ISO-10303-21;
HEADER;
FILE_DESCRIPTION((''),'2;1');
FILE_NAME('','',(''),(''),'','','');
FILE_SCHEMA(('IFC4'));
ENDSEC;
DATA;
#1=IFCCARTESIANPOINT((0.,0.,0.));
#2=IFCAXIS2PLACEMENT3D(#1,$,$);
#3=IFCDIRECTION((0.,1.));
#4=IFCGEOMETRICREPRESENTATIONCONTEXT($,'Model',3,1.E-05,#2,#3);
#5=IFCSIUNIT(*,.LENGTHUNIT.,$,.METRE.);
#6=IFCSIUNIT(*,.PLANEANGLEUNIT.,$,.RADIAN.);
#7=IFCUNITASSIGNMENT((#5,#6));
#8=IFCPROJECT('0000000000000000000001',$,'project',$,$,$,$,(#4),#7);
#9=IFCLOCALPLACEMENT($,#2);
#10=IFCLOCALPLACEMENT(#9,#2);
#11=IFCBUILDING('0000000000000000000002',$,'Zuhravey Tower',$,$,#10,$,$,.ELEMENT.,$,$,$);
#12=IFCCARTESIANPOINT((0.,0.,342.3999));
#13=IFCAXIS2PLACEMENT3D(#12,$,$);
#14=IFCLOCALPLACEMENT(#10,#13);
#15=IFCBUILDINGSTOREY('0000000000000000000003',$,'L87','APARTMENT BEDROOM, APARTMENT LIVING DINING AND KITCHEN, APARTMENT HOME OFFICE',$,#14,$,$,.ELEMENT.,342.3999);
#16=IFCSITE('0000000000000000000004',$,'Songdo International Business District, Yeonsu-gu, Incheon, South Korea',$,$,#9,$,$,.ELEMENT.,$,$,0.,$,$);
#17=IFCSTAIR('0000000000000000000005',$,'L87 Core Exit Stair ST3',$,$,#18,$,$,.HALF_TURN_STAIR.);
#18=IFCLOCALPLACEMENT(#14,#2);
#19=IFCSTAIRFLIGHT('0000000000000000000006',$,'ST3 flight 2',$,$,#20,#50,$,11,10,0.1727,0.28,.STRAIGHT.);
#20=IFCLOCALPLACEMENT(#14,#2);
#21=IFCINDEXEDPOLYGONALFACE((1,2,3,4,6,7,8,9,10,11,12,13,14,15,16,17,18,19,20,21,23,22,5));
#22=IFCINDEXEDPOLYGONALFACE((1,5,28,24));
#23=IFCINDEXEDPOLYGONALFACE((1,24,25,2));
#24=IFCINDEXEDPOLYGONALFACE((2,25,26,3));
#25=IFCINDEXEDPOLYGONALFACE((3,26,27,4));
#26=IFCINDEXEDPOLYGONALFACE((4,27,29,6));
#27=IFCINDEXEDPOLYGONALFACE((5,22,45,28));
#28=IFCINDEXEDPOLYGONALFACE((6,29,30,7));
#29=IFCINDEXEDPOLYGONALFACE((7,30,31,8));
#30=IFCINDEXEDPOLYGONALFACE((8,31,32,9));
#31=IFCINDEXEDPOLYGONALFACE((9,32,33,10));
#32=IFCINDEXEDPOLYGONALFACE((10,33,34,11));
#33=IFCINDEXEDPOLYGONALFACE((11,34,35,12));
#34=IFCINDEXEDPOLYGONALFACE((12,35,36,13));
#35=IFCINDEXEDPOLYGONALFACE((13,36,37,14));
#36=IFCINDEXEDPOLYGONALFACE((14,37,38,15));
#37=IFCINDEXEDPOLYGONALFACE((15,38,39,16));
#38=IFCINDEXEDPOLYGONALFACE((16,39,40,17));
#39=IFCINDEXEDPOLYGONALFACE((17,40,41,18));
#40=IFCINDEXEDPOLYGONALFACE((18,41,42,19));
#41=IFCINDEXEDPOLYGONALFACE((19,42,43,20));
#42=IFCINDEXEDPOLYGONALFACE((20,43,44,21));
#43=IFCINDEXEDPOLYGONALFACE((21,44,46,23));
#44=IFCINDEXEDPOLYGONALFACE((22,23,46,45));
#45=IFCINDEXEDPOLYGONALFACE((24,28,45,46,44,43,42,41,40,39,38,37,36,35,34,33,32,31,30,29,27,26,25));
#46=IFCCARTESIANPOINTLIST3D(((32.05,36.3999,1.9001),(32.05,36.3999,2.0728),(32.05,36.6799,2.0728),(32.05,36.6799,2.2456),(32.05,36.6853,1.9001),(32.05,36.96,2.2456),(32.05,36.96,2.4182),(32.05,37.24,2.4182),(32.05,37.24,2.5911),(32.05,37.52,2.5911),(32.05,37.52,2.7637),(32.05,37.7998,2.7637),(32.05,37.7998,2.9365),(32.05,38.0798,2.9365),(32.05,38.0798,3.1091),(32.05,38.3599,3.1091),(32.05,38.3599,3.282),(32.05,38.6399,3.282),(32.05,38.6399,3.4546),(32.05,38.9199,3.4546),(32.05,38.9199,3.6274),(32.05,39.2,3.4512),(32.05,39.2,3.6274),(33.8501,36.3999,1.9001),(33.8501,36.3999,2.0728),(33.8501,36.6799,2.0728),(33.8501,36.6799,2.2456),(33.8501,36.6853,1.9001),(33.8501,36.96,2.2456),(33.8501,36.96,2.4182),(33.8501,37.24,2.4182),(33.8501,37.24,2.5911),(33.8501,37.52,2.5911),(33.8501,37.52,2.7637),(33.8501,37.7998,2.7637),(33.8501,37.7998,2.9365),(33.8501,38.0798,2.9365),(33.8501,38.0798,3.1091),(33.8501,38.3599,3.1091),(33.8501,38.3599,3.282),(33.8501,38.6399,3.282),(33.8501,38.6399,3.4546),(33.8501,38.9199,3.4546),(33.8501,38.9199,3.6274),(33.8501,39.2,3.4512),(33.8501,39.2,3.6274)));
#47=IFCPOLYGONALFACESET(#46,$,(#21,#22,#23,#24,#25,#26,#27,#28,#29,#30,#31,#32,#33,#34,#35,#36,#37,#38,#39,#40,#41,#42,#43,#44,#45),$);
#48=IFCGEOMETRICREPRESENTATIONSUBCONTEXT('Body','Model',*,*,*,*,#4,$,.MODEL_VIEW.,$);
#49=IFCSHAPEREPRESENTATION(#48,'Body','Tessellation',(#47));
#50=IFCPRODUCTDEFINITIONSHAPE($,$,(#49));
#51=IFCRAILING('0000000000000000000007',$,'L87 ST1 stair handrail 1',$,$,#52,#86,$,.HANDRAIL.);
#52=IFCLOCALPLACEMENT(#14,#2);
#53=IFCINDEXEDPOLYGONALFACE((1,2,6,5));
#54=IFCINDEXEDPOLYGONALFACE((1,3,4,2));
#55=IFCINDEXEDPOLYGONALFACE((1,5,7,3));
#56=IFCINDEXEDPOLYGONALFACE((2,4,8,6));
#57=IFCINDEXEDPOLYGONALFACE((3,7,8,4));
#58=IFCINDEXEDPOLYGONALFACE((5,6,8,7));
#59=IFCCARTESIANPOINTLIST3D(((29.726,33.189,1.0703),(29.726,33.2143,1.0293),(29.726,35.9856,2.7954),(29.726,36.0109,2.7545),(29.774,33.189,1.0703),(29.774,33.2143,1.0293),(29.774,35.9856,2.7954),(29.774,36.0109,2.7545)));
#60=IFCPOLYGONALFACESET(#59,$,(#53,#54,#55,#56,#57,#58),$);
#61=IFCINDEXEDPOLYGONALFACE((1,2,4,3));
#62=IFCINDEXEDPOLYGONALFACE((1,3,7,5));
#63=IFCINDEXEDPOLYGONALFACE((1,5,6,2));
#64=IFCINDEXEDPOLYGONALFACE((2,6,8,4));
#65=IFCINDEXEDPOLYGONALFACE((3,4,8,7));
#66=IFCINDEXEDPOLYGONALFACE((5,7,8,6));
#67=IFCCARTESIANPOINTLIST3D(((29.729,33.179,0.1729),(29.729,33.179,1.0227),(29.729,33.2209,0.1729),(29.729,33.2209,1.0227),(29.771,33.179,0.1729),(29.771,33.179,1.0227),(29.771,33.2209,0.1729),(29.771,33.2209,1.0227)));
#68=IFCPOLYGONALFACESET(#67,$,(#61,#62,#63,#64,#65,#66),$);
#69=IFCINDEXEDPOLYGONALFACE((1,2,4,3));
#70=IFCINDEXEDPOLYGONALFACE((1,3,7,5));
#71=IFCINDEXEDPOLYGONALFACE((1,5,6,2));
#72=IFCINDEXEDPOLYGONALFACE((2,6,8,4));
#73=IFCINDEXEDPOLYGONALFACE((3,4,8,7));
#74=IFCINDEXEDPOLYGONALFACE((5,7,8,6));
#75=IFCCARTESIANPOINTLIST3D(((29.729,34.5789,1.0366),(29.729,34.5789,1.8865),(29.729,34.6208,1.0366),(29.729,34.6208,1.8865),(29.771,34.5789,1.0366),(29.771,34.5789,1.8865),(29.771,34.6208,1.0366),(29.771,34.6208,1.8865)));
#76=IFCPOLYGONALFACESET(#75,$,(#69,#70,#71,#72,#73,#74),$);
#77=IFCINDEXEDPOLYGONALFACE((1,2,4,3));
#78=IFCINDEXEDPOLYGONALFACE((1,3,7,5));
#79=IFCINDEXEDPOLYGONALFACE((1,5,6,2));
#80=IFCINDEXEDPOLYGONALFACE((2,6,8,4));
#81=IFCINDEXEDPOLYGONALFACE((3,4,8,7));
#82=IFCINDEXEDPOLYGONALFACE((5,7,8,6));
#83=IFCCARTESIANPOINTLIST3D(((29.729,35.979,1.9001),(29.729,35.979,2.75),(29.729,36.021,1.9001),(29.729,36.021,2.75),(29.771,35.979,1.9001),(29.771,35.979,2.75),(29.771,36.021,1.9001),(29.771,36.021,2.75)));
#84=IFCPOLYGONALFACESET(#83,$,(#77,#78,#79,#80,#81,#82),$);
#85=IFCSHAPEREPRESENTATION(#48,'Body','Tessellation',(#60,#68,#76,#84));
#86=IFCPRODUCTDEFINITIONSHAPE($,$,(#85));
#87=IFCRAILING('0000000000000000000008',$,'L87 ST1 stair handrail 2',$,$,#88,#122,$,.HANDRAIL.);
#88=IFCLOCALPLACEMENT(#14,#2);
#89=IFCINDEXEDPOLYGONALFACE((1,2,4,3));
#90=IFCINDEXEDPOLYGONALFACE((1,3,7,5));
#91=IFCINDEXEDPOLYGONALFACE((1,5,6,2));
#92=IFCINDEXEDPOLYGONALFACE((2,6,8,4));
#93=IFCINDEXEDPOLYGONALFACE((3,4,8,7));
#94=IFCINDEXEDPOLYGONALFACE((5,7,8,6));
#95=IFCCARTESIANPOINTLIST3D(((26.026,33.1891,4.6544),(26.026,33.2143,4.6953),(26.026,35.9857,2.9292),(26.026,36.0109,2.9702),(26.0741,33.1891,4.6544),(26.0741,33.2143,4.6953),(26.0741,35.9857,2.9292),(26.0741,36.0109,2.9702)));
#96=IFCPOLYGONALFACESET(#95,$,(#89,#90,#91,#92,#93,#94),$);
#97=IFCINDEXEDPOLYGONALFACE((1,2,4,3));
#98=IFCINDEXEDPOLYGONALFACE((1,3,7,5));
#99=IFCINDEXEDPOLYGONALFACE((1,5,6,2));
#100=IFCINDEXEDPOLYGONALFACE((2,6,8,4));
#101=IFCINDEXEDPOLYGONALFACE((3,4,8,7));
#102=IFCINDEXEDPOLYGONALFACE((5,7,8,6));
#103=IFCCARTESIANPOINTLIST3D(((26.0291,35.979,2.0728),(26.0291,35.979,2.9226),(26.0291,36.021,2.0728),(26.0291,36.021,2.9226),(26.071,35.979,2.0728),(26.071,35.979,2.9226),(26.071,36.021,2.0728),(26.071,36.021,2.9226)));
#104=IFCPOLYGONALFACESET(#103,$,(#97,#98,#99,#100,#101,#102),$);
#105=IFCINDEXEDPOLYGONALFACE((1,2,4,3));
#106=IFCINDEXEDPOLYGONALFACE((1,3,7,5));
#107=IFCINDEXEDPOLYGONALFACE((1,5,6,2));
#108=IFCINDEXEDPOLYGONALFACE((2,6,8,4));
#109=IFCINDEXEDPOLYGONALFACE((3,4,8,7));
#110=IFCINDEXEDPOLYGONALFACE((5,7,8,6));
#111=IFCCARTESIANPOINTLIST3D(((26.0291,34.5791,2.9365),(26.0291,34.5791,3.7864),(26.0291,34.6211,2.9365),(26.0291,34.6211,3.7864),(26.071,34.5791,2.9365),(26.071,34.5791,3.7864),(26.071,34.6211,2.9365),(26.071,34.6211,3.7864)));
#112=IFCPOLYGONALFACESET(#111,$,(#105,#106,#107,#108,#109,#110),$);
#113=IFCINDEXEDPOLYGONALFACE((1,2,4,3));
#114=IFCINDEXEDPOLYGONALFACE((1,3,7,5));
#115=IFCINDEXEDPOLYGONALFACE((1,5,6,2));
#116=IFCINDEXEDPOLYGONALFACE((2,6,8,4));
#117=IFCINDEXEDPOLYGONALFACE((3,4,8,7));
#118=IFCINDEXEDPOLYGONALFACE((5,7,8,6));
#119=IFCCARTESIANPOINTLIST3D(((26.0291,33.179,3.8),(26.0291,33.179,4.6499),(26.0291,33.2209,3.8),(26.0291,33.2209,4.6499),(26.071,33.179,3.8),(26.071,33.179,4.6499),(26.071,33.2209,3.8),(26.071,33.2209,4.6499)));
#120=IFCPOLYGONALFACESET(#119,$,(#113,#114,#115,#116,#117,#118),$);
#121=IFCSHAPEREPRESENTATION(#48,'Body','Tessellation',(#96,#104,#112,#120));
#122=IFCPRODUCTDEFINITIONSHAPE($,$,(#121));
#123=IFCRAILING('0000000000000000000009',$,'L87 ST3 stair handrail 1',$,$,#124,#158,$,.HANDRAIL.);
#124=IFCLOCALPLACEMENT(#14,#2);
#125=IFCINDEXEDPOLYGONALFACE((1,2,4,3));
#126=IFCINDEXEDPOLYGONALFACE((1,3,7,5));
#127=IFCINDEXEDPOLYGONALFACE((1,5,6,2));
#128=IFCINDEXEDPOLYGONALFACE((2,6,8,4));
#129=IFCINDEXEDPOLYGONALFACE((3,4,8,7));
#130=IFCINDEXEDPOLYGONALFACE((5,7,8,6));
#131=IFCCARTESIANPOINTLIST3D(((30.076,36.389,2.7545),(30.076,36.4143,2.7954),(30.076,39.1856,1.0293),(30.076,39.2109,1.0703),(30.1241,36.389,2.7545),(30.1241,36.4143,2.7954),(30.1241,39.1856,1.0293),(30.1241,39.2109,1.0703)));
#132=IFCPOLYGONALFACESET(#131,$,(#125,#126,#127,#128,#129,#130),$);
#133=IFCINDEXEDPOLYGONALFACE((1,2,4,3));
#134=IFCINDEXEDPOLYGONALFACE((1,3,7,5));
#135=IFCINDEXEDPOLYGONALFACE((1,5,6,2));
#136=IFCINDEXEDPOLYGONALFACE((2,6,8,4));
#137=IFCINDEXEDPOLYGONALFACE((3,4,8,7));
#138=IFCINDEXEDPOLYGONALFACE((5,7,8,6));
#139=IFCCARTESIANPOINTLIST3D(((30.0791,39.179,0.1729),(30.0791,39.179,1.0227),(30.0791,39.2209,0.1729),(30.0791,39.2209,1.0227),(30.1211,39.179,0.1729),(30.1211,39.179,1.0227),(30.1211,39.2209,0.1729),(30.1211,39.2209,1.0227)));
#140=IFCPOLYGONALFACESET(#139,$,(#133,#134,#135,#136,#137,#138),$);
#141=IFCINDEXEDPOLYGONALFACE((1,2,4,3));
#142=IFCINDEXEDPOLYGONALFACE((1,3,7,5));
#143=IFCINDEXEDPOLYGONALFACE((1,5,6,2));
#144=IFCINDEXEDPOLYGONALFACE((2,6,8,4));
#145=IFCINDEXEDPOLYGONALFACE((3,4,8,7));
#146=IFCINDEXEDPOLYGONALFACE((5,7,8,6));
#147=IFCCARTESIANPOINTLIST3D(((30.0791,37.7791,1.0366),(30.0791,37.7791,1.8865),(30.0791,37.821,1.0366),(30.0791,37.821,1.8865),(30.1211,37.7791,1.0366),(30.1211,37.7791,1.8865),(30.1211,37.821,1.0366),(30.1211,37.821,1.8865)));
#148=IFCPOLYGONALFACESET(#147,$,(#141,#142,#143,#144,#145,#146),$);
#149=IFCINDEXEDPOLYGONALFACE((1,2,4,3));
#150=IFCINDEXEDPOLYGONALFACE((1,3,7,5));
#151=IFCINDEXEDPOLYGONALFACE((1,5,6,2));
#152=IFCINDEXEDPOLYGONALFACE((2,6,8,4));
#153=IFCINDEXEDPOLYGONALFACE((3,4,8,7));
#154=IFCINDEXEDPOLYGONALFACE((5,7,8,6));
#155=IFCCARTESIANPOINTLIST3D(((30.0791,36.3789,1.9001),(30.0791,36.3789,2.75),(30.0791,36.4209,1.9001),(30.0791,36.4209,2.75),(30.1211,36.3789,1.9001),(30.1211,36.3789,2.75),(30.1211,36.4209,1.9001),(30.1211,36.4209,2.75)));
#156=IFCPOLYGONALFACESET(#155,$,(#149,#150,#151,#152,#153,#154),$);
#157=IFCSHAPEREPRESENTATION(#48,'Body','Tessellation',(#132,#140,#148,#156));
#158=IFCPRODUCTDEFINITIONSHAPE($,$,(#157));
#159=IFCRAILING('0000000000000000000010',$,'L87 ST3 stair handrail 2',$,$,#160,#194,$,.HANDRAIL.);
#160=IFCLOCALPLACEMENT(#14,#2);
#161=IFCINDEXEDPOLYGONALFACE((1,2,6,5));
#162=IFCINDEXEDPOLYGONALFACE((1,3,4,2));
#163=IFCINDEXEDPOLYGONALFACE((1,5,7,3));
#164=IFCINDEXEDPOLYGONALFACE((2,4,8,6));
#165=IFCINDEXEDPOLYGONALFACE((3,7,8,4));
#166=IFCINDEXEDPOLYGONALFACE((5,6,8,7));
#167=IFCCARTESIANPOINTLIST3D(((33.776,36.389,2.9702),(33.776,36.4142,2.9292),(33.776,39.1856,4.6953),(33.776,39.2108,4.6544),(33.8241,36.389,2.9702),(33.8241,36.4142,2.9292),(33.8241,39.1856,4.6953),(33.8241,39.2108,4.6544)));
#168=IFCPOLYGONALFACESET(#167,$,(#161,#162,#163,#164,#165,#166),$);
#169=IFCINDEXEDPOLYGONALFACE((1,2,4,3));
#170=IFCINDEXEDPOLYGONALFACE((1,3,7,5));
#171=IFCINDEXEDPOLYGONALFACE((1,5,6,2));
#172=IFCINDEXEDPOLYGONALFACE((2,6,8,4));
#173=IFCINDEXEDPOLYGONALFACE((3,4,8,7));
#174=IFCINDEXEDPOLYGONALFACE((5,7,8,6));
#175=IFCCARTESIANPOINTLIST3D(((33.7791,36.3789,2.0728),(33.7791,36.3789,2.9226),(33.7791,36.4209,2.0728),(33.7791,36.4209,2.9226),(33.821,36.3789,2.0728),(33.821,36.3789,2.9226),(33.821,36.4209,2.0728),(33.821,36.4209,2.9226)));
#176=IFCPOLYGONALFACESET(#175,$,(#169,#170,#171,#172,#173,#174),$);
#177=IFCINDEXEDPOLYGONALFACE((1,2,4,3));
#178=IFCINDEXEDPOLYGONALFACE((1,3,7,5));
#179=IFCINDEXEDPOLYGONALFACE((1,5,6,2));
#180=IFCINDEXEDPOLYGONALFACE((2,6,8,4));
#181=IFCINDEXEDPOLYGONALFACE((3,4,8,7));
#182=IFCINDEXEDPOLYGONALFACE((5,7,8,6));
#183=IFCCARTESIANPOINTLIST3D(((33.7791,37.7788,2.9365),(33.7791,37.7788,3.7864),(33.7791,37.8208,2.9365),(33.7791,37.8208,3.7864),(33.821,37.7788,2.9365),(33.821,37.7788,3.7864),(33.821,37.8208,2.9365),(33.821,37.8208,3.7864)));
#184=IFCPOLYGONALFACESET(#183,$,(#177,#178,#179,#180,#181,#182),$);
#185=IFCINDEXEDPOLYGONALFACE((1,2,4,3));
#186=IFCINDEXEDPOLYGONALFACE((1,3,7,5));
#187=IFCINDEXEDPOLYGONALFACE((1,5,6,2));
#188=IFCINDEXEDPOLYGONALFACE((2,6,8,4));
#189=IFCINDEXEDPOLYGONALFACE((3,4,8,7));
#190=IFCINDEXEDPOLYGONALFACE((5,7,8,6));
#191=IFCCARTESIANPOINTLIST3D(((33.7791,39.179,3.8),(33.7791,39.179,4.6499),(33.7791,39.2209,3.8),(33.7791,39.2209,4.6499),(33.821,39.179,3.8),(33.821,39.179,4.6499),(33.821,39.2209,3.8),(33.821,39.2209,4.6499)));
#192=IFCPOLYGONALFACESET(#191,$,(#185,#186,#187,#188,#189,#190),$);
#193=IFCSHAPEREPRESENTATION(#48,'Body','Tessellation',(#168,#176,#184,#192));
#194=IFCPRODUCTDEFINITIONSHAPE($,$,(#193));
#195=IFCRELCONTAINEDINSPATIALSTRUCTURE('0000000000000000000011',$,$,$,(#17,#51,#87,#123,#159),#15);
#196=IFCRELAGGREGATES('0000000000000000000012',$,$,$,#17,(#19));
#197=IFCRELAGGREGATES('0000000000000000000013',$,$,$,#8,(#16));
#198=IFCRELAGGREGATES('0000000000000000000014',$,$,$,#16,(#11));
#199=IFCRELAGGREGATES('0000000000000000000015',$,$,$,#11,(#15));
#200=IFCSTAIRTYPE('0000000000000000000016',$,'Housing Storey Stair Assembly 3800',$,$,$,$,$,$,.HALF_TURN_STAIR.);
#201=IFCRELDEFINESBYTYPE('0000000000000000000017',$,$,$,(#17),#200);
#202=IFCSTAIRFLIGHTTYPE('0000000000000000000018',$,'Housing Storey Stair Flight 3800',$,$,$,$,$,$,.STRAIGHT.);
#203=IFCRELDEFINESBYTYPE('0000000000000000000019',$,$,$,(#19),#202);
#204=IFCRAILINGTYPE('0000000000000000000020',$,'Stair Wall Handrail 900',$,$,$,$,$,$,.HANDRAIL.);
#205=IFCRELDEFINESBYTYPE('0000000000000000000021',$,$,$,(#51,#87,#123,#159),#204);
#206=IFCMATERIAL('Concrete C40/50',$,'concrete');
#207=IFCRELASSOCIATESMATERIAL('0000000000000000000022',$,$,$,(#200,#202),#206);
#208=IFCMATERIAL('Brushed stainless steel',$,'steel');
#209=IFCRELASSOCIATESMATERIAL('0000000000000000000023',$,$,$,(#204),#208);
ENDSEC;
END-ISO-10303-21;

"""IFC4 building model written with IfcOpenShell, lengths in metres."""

from ifc_helpers import new_model, si_unit, direction, frame, origin, origin_2d, place, context, subcontext, project, spatial, polyline, rectangle, outline, extrude, material, type_object, element, aggregate, save


model = new_model("IFC4")

# Units and contexts
model_context = context("Model", 3, precision=1e-05, world=origin(), true_north=direction((0.0, 1.0)))
body_context = subcontext(model_context, "Body", "Model", "MODEL_VIEW")
ifc_project = project(units=[si_unit("LENGTHUNIT", "METRE"), si_unit("PLANEANGLEUNIT", "RADIAN")], contexts=[model_context])

# Site, building, storey
site_placement = place(None, origin())
site = spatial("IfcSite", under=ifc_project, at=site_placement, Name="Songdo International Business District, Yeonsu-gu, Incheon, South Korea", CompositionType="ELEMENT", RefElevation=0.0)
building_placement = place(site_placement, origin())
building = spatial("IfcBuilding", under=site, at=building_placement, Name="Zuhravey Tower", CompositionType="ELEMENT")
storey_placement = place(building_placement, frame((0.0, 0.0, 342.3999)))
storey = spatial("IfcBuildingStorey", under=building, at=storey_placement, Name="L87", Description="APARTMENT BEDROOM, APARTMENT LIVING DINING AND KITCHEN, APARTMENT HOME OFFICE", CompositionType="ELEMENT", Elevation=342.3999)

# Stair, stair flight
ifc_material_1 = material(Name="Concrete C40/50", Category="concrete")
stair_type = type_object("IfcStairType", Name="Housing Storey Stair Assembly 3800", PredefinedType="HALF_TURN_STAIR", material=ifc_material_1)
stair_flight_type = type_object("IfcStairFlightType", Name="Housing Storey Stair Flight 3800", PredefinedType="STRAIGHT", material=ifc_material_1)
stair_1_placement = place(storey_placement, origin())
stair_1 = element("IfcStair", 1, at=stair_1_placement, inside=storey, type_object=stair_type, Name="L87 Core Exit Stair ST3", PredefinedType="HALF_TURN_STAIR")
stair_flight_1_placement = place(storey_placement, frame((32.95, 36.3999, 1.9001), z_axis=(0.0, 0.0, 1.0), x_axis=(0.0, 1.0, 0.0)))
stair_flight_1 = element("IfcStairFlight", 2, at=stair_flight_1_placement, type_object=stair_flight_type, Name="ST3 flight 2", NumberOfRisers=11, NumberOfTreads=10, PredefinedType="STRAIGHT", RiserHeight=0.1727, TreadLength=0.28, context=body_context, shape_type="SweptSolid", body=[
    extrude(outline(polyline([(0.0, 0.0), (0.0, 0.1726), (0.28, 0.1726), (0.28, 0.3455), (0.5601, 0.3455), (0.5601, 0.5181), (0.8401, 0.5181), (0.8401, 0.6909), (1.1201, 0.6909), (1.1201, 0.8635), (1.3999, 0.8635), (1.3999, 1.0364), (1.6799, 1.0364), (1.6799, 1.209), (1.96, 1.209), (1.96, 1.3818), (2.24, 1.3818), (2.24, 1.5544), (2.52, 1.5544), (2.52, 1.7273), (2.8, 1.7273), (2.8, 1.8999), (2.8, 1.551), (0.2854, 0.0), (0.0, 0.0)])), frame((0.0, 0.8999, 0.0), z_axis=(0.0, -1.0, 0.0), x_axis=(1.0, 0.0, 0.0)), (0.0, 0.0, 1.0), 1.8),
])
aggregate(stair_1, [stair_flight_1])

# Railings
ifc_material_2 = material(Name="Brushed stainless steel", Category="steel")
railing_type_1 = type_object("IfcRailingType", Name="Stair Wall Handrail 900", PredefinedType="HANDRAIL", material=ifc_material_2)
railing_1_placement = place(storey_placement, frame((29.75, 33.2, 0.1729)))
element("IfcRailing", 3, at=railing_1_placement, inside=storey, type_object=railing_type_1, Name="L87 ST1 stair handrail 1", PredefinedType="HANDRAIL", context=body_context, shape_type="SweptSolid", body=[
    extrude(rectangle(XDim=0.0481, YDim=0.0481, at=origin_2d()), frame((0.0, 0.0017, 0.877), z_axis=(0.0, 0.85109, 0.52502), x_axis=(-1.0, 0.0, 0.0)), (0.0, 0.0, 1.0), 3.2859),
    extrude(rectangle(XDim=0.042, YDim=0.042, at=origin_2d()), origin(), (0.0, 0.0, 1.0), 0.8499),
    extrude(rectangle(XDim=0.042, YDim=0.042, at=origin_2d()), frame((0.0, 1.3999, 0.8638)), (0.0, 0.0, 1.0), 0.8499),
    extrude(rectangle(XDim=0.042, YDim=0.042, at=origin_2d()), frame((0.0, 2.8, 1.7273)), (0.0, 0.0, 1.0), 0.8499),
])
for number, where, name in (
    (4, (26.05, 36.0, 2.0728), "L87 ST1 stair handrail 2"),
    (5, (30.1001, 39.2, 0.1729), "L87 ST3 stair handrail 1"),
):
    element("IfcRailing", number, at=place(storey_placement, frame(where)), inside=storey, type_object=railing_type_1, Name=name, PredefinedType="HANDRAIL", context=body_context, shape_type="SweptSolid", body=[
        extrude(rectangle(XDim=0.0481, YDim=0.0481, at=origin_2d()), frame((0.0, -0.0017, 0.877), z_axis=(0.0, -0.85109, 0.52502), x_axis=(1.0, 0.0, 0.0)), (0.0, 0.0, 1.0), 3.2859),
        extrude(rectangle(XDim=0.042, YDim=0.042, at=origin_2d()), origin(), (0.0, 0.0, 1.0), 0.8499),
        extrude(rectangle(XDim=0.042, YDim=0.042, at=origin_2d()), frame((0.0, -1.3999, 0.8638)), (0.0, 0.0, 1.0), 0.8499),
        extrude(rectangle(XDim=0.042, YDim=0.042, at=origin_2d()), frame((0.0, -2.8, 1.7273)), (0.0, 0.0, 1.0), 0.8499),
    ])
railing_2_placement = place(storey_placement, frame((33.8, 36.3999, 2.0728)))
element("IfcRailing", 6, at=railing_2_placement, inside=storey, type_object=railing_type_1, Name="L87 ST3 stair handrail 2", PredefinedType="HANDRAIL", context=body_context, shape_type="SweptSolid", body=[
    extrude(rectangle(XDim=0.0481, YDim=0.0481, at=origin_2d()), frame((0.0, 0.0017, 0.877), z_axis=(0.0, 0.85109, 0.52502), x_axis=(-1.0, 0.0, 0.0)), (0.0, 0.0, 1.0), 3.2859),
    extrude(rectangle(XDim=0.042, YDim=0.042, at=origin_2d()), origin(), (0.0, 0.0, 1.0), 0.8499),
    extrude(rectangle(XDim=0.042, YDim=0.042, at=origin_2d()), frame((0.0, 1.3999, 0.8638)), (0.0, 0.0, 1.0), 0.8499),
    extrude(rectangle(XDim=0.042, YDim=0.042, at=origin_2d()), frame((0.0, 2.8, 1.7273)), (0.0, 0.0, 1.0), 0.8499),
])

save(model, "model.ifc")
